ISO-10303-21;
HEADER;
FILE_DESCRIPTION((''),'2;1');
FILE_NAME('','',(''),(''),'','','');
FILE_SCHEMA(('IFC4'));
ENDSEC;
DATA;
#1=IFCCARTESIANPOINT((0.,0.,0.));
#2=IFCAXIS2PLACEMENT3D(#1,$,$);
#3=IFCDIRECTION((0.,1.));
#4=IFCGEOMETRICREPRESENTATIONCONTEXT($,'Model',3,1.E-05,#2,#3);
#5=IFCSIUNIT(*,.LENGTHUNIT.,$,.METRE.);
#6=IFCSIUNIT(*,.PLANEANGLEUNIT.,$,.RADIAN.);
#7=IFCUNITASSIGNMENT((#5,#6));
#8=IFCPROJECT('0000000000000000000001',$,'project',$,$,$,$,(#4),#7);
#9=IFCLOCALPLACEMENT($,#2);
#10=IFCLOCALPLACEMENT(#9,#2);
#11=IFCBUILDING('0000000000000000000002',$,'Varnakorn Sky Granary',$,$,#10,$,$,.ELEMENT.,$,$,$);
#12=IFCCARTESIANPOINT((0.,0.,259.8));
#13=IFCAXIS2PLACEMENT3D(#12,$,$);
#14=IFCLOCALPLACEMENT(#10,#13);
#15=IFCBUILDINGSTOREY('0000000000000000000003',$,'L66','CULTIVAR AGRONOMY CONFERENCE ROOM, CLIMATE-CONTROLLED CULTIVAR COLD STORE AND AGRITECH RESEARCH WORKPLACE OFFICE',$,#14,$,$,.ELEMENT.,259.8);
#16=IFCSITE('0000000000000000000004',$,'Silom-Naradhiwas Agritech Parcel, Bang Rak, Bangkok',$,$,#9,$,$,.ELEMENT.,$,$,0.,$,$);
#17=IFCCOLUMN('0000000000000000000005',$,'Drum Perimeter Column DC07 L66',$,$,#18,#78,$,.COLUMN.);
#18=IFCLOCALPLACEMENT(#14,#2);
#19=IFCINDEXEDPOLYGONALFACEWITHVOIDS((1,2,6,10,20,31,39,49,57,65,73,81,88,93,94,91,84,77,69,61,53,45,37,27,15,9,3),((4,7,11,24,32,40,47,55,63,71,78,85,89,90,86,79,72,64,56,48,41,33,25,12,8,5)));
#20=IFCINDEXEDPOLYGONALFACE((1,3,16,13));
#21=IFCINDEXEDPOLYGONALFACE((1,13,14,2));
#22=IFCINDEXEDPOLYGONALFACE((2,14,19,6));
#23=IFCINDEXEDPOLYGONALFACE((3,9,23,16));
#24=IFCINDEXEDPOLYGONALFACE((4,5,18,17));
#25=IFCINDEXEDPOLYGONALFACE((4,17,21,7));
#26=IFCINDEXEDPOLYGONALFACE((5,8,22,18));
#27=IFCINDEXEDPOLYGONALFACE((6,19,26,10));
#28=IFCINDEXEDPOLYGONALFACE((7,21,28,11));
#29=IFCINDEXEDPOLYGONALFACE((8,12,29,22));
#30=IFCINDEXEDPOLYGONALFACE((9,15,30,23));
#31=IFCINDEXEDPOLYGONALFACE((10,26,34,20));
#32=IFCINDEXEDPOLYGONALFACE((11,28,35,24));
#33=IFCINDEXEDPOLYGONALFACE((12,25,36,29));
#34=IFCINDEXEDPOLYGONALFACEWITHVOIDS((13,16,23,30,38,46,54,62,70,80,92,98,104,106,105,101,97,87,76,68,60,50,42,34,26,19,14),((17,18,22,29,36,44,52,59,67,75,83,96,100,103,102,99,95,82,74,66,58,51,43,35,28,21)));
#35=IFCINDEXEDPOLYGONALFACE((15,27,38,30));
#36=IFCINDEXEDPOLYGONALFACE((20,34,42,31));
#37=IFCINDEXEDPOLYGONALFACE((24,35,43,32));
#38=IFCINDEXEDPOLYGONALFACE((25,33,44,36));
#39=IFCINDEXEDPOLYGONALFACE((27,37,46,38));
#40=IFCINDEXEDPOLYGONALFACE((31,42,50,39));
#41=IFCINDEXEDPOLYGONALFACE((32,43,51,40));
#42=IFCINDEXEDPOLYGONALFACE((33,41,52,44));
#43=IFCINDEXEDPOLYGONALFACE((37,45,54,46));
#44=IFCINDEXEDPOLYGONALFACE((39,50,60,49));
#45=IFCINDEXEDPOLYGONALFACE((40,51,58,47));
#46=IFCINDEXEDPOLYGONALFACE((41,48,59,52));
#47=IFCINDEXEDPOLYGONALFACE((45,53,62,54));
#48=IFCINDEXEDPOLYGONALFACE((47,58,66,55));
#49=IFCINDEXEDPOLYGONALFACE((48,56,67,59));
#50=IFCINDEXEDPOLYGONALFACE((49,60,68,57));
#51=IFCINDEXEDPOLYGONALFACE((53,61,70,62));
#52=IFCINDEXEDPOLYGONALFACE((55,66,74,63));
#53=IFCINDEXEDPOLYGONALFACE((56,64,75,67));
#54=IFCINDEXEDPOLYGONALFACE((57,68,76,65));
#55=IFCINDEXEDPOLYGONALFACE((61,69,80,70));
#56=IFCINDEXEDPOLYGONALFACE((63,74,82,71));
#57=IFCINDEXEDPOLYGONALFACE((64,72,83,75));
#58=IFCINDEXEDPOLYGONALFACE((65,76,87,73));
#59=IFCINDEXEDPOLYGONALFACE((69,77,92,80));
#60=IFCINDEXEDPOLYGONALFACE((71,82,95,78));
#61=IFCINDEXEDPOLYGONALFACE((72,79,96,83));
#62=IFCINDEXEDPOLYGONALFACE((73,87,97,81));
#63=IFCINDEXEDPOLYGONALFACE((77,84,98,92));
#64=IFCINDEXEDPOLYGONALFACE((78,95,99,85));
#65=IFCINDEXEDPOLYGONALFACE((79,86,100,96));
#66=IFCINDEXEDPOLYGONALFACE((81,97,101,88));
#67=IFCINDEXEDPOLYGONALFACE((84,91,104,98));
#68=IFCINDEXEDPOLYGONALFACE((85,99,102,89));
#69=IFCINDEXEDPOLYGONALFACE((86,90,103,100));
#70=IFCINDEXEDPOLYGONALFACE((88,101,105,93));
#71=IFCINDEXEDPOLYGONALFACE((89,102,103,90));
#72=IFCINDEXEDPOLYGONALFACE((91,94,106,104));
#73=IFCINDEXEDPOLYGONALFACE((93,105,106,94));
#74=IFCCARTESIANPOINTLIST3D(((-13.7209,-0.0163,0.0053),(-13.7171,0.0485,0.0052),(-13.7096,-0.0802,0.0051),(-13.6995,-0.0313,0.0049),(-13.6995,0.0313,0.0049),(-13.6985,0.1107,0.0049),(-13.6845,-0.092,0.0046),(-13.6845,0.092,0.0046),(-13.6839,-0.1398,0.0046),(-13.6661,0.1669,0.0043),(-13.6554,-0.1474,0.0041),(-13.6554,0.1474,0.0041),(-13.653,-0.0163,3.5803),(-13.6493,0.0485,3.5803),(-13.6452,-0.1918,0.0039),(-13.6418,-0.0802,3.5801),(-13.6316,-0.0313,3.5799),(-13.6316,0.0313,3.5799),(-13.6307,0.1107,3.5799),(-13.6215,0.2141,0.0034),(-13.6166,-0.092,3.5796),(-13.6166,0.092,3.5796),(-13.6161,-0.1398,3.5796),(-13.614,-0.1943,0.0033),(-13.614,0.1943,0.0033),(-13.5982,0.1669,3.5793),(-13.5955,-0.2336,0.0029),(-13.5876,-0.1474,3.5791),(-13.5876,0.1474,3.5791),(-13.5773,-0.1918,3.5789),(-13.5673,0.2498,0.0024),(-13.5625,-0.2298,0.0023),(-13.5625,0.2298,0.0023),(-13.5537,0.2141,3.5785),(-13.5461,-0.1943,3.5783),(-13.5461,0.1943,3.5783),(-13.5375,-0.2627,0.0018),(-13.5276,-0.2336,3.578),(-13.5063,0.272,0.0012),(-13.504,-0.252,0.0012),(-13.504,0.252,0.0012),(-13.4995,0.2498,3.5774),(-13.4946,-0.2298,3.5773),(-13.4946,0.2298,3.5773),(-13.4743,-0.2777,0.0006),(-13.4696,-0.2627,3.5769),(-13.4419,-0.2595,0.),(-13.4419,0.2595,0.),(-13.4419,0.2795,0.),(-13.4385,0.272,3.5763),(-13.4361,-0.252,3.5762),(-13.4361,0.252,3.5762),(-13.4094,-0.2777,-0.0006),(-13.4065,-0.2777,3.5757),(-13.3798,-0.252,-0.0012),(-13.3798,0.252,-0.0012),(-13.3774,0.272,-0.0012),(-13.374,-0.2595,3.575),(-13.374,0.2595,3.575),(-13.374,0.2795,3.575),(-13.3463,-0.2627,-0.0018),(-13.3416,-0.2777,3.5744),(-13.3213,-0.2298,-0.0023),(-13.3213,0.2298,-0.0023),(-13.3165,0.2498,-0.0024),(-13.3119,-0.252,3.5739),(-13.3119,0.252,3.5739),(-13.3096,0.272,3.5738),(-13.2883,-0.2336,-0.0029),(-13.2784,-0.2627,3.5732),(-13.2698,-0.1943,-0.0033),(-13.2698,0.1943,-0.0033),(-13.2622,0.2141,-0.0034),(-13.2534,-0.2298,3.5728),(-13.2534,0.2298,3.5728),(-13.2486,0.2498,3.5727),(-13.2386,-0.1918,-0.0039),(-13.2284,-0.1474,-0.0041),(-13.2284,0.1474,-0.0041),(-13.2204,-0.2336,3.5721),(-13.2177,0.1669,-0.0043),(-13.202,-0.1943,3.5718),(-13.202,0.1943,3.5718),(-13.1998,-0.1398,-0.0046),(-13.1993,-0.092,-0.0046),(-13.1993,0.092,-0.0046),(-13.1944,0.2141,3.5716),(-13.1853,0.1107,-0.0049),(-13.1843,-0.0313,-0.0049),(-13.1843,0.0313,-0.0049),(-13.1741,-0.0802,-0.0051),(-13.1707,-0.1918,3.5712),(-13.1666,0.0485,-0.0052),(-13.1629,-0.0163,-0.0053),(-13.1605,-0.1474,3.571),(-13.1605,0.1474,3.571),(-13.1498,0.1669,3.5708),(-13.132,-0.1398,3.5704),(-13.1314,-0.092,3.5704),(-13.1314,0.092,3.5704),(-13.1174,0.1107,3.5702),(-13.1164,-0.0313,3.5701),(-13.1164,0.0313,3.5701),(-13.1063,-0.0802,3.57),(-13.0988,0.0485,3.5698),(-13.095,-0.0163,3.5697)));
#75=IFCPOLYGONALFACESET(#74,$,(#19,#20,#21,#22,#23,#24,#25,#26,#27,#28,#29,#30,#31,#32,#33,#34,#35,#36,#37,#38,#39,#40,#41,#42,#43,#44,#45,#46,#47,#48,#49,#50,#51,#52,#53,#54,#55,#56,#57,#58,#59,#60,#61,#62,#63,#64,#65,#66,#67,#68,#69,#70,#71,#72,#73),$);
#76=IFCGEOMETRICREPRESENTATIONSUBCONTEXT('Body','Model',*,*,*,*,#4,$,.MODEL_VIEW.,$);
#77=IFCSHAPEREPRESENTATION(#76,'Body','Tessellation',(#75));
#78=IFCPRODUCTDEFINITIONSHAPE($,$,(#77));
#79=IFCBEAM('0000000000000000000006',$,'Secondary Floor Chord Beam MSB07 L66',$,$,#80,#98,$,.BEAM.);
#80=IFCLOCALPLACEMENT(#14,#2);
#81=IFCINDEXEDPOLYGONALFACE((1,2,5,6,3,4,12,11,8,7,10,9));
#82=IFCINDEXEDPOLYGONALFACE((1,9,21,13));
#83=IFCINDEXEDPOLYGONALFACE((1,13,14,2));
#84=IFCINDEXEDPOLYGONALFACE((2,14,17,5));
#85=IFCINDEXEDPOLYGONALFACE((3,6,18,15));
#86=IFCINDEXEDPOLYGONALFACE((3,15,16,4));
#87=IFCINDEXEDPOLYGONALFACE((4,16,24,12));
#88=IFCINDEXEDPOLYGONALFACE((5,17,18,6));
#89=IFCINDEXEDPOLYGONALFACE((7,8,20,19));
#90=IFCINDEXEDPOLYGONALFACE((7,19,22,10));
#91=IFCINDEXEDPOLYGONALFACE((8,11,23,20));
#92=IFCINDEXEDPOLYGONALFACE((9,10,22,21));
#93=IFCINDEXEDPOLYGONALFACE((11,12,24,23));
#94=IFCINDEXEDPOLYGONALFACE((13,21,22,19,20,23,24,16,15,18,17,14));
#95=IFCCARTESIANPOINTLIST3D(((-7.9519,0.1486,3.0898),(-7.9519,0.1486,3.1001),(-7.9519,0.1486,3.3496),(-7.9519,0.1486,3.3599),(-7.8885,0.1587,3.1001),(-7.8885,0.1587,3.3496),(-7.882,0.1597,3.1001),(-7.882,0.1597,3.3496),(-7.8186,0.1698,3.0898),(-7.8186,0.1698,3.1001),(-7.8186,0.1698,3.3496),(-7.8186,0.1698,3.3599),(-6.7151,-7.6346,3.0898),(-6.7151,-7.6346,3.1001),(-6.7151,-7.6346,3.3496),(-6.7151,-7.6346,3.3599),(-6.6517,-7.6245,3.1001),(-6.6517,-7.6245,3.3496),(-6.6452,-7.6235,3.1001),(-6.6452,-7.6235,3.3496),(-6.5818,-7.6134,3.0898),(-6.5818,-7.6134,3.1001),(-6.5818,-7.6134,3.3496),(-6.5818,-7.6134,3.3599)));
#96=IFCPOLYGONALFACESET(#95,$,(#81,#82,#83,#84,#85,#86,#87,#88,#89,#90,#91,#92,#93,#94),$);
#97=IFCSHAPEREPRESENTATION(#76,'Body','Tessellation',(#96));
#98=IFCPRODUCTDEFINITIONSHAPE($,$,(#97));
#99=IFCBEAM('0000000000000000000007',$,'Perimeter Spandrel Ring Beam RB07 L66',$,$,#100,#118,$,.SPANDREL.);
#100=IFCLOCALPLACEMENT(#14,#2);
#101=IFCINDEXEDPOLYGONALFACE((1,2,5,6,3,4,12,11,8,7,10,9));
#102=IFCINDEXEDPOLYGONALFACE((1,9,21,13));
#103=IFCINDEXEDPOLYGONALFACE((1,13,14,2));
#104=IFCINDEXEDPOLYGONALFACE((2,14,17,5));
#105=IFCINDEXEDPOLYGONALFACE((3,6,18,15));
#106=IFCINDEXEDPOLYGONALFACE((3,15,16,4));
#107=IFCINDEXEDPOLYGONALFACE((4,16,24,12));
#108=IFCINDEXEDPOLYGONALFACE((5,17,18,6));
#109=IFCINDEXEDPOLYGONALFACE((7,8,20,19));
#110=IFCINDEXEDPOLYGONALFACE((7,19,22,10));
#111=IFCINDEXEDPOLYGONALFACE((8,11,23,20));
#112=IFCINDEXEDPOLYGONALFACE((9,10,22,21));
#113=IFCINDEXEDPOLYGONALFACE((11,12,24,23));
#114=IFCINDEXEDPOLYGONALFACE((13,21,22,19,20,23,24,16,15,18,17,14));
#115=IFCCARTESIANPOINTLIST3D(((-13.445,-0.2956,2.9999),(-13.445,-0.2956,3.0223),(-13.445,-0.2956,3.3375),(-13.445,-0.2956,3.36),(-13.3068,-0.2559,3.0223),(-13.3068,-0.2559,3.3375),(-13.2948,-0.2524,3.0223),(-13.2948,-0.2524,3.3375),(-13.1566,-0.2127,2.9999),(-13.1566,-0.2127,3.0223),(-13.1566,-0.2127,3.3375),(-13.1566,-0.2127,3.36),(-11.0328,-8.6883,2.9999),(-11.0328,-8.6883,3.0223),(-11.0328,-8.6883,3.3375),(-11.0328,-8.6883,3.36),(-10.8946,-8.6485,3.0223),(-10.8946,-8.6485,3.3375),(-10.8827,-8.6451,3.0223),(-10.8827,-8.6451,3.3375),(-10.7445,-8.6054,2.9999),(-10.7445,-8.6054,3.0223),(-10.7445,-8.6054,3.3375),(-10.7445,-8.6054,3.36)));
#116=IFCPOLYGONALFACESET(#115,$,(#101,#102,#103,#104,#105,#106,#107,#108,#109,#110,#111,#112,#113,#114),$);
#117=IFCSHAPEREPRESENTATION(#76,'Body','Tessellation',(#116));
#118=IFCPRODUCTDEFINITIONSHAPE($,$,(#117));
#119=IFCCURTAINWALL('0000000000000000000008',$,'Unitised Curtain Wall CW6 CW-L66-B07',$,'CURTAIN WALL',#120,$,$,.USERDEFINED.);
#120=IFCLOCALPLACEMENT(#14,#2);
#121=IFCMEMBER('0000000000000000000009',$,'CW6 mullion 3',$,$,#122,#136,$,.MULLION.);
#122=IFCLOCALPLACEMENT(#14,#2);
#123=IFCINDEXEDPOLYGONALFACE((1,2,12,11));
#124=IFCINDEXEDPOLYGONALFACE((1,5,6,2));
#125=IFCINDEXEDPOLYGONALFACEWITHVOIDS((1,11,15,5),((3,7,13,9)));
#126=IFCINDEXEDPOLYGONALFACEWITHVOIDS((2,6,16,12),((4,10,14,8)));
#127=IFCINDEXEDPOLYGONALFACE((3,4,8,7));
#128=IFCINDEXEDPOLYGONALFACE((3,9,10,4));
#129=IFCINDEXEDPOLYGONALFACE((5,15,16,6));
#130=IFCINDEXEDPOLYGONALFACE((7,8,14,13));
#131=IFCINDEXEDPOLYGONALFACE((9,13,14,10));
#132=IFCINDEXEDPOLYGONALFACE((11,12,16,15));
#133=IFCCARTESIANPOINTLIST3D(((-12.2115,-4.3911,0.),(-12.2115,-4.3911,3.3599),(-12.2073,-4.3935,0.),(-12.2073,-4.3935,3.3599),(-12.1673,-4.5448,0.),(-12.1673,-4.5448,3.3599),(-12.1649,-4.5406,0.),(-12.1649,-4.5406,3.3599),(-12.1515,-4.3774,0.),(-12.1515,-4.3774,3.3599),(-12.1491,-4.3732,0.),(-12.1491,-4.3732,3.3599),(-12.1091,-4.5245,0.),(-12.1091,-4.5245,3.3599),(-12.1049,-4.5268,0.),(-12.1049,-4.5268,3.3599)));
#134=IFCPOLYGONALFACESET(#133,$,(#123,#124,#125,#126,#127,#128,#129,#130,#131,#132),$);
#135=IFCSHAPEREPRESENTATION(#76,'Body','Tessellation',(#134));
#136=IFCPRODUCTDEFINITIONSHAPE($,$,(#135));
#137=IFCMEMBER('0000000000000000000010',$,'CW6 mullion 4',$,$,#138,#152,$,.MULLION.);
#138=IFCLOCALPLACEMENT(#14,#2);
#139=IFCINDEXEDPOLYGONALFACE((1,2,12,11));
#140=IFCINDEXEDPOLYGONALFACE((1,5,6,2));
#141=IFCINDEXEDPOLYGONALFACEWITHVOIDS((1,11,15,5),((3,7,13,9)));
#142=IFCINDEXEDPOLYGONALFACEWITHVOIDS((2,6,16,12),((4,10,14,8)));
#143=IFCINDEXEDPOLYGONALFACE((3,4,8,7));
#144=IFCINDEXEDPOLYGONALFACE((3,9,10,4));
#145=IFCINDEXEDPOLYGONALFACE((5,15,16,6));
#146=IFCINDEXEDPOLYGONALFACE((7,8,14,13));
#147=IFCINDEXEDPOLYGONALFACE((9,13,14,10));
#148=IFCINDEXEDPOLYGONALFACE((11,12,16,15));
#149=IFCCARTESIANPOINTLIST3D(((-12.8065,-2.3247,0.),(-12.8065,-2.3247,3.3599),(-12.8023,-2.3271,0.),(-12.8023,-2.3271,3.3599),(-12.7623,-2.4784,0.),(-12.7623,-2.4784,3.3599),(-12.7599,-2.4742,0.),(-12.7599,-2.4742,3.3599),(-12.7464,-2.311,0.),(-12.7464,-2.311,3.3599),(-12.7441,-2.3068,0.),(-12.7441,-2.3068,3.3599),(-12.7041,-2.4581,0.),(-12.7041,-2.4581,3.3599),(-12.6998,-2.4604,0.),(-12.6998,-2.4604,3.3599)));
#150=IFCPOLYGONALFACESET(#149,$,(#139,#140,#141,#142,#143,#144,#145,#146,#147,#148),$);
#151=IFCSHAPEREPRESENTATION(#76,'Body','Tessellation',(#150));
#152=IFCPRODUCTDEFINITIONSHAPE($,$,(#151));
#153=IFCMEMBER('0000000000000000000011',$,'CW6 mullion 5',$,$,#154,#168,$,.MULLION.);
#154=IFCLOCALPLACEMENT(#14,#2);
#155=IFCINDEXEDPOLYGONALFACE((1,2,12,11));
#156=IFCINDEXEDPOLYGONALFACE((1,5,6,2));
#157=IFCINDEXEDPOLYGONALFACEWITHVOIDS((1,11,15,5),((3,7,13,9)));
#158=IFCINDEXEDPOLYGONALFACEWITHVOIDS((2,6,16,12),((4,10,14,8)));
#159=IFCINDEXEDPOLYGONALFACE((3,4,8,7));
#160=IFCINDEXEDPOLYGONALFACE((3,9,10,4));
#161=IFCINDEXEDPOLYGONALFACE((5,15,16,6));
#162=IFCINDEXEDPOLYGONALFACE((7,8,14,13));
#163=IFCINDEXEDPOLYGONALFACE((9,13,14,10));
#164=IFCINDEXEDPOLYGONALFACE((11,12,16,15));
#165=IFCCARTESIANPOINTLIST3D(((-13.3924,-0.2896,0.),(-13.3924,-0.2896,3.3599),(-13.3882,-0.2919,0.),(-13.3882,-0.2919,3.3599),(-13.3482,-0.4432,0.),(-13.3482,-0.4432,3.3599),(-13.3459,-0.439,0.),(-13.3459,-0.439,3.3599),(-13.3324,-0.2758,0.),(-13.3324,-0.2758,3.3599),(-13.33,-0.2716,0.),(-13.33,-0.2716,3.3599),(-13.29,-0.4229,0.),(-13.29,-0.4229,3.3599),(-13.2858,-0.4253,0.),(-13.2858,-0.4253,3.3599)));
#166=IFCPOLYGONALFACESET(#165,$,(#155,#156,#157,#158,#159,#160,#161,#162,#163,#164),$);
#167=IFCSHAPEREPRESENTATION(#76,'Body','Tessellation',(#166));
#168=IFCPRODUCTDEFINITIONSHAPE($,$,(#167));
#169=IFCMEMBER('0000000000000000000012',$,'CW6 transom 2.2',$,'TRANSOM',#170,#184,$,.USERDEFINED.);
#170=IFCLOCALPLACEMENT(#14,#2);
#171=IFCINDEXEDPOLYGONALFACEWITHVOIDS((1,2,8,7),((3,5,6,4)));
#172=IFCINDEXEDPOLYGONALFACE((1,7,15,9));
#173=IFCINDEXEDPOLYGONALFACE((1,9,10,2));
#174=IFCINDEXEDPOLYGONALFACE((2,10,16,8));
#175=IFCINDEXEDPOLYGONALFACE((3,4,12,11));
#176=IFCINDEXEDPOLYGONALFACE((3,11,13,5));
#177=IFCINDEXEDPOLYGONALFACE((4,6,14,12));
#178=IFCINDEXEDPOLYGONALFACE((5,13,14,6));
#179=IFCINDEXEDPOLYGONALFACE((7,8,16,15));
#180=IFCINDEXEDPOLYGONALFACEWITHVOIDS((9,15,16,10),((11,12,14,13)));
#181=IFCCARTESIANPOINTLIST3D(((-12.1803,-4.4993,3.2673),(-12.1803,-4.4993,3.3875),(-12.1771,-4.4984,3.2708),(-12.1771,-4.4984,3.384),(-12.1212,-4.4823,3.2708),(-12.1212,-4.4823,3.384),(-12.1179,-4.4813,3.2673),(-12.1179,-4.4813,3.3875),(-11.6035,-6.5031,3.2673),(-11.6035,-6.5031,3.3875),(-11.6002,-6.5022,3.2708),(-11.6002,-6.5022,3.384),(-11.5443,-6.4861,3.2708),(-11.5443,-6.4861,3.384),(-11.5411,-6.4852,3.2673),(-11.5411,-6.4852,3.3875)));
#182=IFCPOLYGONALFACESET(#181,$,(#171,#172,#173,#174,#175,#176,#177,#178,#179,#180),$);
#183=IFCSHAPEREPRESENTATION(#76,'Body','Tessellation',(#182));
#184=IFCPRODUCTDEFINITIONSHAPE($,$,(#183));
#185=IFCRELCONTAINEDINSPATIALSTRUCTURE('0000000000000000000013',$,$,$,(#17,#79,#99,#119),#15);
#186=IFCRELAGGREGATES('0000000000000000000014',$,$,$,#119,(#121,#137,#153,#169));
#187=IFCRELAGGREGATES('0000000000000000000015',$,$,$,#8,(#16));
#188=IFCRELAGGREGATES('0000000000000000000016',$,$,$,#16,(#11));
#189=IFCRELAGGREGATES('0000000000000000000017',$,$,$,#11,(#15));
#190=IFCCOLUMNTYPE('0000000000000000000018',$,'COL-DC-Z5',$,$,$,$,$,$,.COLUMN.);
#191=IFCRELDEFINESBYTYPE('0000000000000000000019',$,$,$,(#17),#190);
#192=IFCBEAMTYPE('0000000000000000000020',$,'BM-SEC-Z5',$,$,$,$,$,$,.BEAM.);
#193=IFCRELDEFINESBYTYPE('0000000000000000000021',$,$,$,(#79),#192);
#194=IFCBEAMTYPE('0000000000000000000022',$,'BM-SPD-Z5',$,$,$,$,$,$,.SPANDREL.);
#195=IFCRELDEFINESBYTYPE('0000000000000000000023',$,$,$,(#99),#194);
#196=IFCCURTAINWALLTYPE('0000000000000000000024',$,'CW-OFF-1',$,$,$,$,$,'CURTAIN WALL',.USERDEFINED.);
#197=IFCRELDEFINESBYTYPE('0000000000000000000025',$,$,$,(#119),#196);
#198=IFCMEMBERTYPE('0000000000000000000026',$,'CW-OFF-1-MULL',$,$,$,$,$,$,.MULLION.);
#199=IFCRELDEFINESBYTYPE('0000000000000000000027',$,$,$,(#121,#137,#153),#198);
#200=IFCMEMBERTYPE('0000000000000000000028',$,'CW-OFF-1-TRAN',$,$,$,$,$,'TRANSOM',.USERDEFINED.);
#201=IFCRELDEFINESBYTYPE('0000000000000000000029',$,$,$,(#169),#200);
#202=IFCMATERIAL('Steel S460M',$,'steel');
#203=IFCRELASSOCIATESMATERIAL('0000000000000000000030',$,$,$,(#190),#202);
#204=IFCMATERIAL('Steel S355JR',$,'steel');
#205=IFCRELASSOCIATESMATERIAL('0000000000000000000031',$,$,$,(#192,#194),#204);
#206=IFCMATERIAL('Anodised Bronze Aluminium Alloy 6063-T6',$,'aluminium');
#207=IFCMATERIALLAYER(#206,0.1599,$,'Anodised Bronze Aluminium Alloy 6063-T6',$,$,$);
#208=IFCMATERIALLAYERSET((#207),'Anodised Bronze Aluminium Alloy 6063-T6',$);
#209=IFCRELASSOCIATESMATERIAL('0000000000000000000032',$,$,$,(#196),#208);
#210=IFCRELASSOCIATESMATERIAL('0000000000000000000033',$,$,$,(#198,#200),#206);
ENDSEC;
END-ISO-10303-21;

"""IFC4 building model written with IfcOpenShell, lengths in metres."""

from ifc_helpers import new_model, si_unit, direction, frame, origin, origin_2d, place, context, subcontext, project, spatial, hollow_rectangle, hollow_circle, i_section, extrude, material, layer, layer_set, material_profile, profile_set, type_object, element, aggregate, save


model = new_model("IFC4")

# Units and contexts
model_context = context("Model", 3, precision=1e-05, world=origin(), true_north=direction((0.0, 1.0)))
body_context = subcontext(model_context, "Body", "Model", "MODEL_VIEW")
ifc_project = project(units=[si_unit("LENGTHUNIT", "METRE"), si_unit("PLANEANGLEUNIT", "RADIAN")], contexts=[model_context])

# Site, building, storey
site_placement = place(None, origin())
site = spatial("IfcSite", under=ifc_project, at=site_placement, Name="Silom-Naradhiwas Agritech Parcel, Bang Rak, Bangkok", CompositionType="ELEMENT", RefElevation=0.0)
building_placement = place(site_placement, origin())
building = spatial("IfcBuilding", under=site, at=building_placement, Name="Varnakorn Sky Granary", CompositionType="ELEMENT")
storey_placement = place(building_placement, frame((0.0, 0.0, 259.8)))
storey = spatial("IfcBuildingStorey", under=building, at=storey_placement, Name="L66", Description="CULTIVAR AGRONOMY CONFERENCE ROOM, CLIMATE-CONTROLLED CULTIVAR COLD STORE AND AGRITECH RESEARCH WORKPLACE OFFICE", CompositionType="ELEMENT", Elevation=259.8)

# Column
ifc_material_1 = material(Name="Steel S460M", Category="steel")
ifc_material_profile_1 = material_profile(ifc_material_1, hollow_circle(Radius=0.2795, WallThickness=0.02, at=origin_2d()), Name="CHS 559x20")
ifc_profile_set_1 = profile_set([ifc_material_profile_1], Name="Steel S460M")
column_type = type_object("IfcColumnType", Name="COL-DC-Z5", PredefinedType="COLUMN", material=ifc_profile_set_1)
column_placement = place(storey_placement, frame((-13.4419, 0.0, 0.0), z_axis=(0.018982, 0.0, 0.99982), x_axis=(0.0, 1.0, 0.0)))
element("IfcColumn", 1, at=column_placement, inside=storey, type_object=column_type, Name="Drum Perimeter Column DC07 L66", PredefinedType="COLUMN", context=body_context, shape_type="SweptSolid", body=[
    extrude(hollow_circle(Radius=0.2795, WallThickness=0.02, at=origin_2d()), origin(), (0.0, 0.0, 1.0), 3.5757),
])

# Beams
ifc_material_2 = material(Name="Steel S355JR", Category="steel")
ifc_material_profile_2 = material_profile(ifc_material_2, i_section(OverallWidth=0.135, OverallDepth=0.27, WebThickness=0.0066, FlangeThickness=0.0103, at=origin_2d()), Name="IPE 270")
ifc_profile_set_2 = profile_set([ifc_material_profile_2], Name="Steel S355JR")
beam_type_1 = type_object("IfcBeamType", Name="BM-SEC-Z5", PredefinedType="BEAM", material=ifc_profile_set_2)
beam_1_placement = place(storey_placement, frame((-7.8853, 0.1592, 3.2249), z_axis=(0.156939, -0.987608, 0.0), x_axis=(0.987608, 0.156939, 0.0)))
element("IfcBeam", 2, at=beam_1_placement, inside=storey, type_object=beam_type_1, Name="Secondary Floor Chord Beam MSB07 L66", PredefinedType="BEAM", context=body_context, shape_type="SweptSolid", body=[
    extrude(i_section(OverallWidth=0.135, OverallDepth=0.27, WebThickness=0.0066, FlangeThickness=0.0103, at=origin_2d()), origin(), (0.0, 0.0, 1.0), 7.8809),
])
ifc_material_profile_3 = material_profile(ifc_material_2, i_section(OverallWidth=0.3, OverallDepth=0.3601, WebThickness=0.0125, FlangeThickness=0.0225, at=origin_2d()), Name="HE 360 B")
ifc_profile_set_3 = profile_set([ifc_material_profile_3], Name="Steel S355JR")
beam_type_2 = type_object("IfcBeamType", Name="BM-SPD-Z5", PredefinedType="SPANDREL", material=ifc_profile_set_3)
beam_2_placement = place(storey_placement, frame((-13.3008, -0.2542, 3.1799), z_axis=(0.276227, -0.961092, 0.0), x_axis=(0.961092, 0.276227, 0.0)))
element("IfcBeam", 3, at=beam_2_placement, inside=storey, type_object=beam_type_2, Name="Perimeter Spandrel Ring Beam RB07 L66", PredefinedType="SPANDREL", context=body_context, shape_type="SweptSolid", body=[
    extrude(i_section(OverallWidth=0.3, OverallDepth=0.3601, WebThickness=0.0125, FlangeThickness=0.0225, at=origin_2d()), origin(), (0.0, 0.0, 1.0), 8.7324),
])

# Curtain wall, members
ifc_material_3 = material(Name="Anodised Bronze Aluminium Alloy 6063-T6", Category="aluminium")
ifc_layer_1 = layer(ifc_material_3, 0.1599, Name="Anodised Bronze Aluminium Alloy 6063-T6")
ifc_layer_set_1 = layer_set([ifc_layer_1], Name="Anodised Bronze Aluminium Alloy 6063-T6")
curtain_wall_type = type_object("IfcCurtainWallType", Name="CW-OFF-1", ElementType="CURTAIN WALL", PredefinedType="USERDEFINED", material=ifc_layer_set_1)
curtain_wall_placement = place(storey_placement, origin())
curtain_wall = element("IfcCurtainWall", 4, at=curtain_wall_placement, inside=storey, type_object=curtain_wall_type, Name="Unitised Curtain Wall CW6 CW-L66-B07", ObjectType="CURTAIN WALL", PredefinedType="USERDEFINED")
ifc_material_profile_4 = material_profile(ifc_material_3, hollow_rectangle(XDim=0.0649, YDim=0.1599, WallThickness=0.0034, at=origin_2d()), Name="ALU MULL 65x160")
ifc_profile_set_4 = profile_set([ifc_material_profile_4], Name="Anodised Bronze Aluminium Alloy 6063-T6")
member_type_1 = type_object("IfcMemberType", Name="CW-OFF-1-MULL", PredefinedType="MULLION", material=ifc_profile_set_4)
member_1_placement = place(storey_placement, frame((-12.1582, -4.459, 0.0), z_axis=(0.0, 0.0, 1.0), x_axis=(-0.960963, -0.276677, 0.0)))
member_1 = element("IfcMember", 5, at=member_1_placement, type_object=member_type_1, Name="CW6 mullion 3", PredefinedType="MULLION", context=body_context, shape_type="SweptSolid", body=[
    extrude(hollow_rectangle(XDim=0.0649, YDim=0.1599, WallThickness=0.0034, at=origin_2d()), origin(), (0.0, 0.0, 1.0), 3.3599),
])
member_2_placement = place(storey_placement, frame((-12.7532, -2.3926, 0.0), z_axis=(0.0, 0.0, 1.0), x_axis=(-0.960963, -0.276677, 0.0)))
member_2 = element("IfcMember", 6, at=member_2_placement, type_object=member_type_1, Name="CW6 mullion 4", PredefinedType="MULLION", context=body_context, shape_type="SweptSolid", body=[
    extrude(hollow_rectangle(XDim=0.0649, YDim=0.1599, WallThickness=0.0034, at=origin_2d()), origin(), (0.0, 0.0, 1.0), 3.3599),
])
member_3_placement = place(storey_placement, frame((-13.3391, -0.3574, 0.0), z_axis=(0.0, 0.0, 1.0), x_axis=(-0.960963, -0.276677, 0.0)))
member_3 = element("IfcMember", 7, at=member_3_placement, type_object=member_type_1, Name="CW6 mullion 5", PredefinedType="MULLION", context=body_context, shape_type="SweptSolid", body=[
    extrude(hollow_rectangle(XDim=0.0649, YDim=0.1599, WallThickness=0.0034, at=origin_2d()), origin(), (0.0, 0.0, 1.0), 3.3599),
])
ifc_material_profile_5 = material_profile(ifc_material_3, hollow_rectangle(XDim=0.0649, YDim=0.1201, WallThickness=0.0034, at=origin_2d()), Name="ALU TRAN 65x120")
ifc_profile_set_5 = profile_set([ifc_material_profile_5], Name="Anodised Bronze Aluminium Alloy 6063-T6")
member_type_2 = type_object("IfcMemberType", Name="CW-OFF-1-TRAN", ElementType="TRANSOM", PredefinedType="USERDEFINED", material=ifc_profile_set_5)
member_4_placement = place(storey_placement, frame((-11.5723, -6.4941, 3.3274), z_axis=(-0.276653, 0.96097, 0.0), x_axis=(-0.96097, -0.276653, 0.0)))
member_4 = element("IfcMember", 8, at=member_4_placement, type_object=member_type_2, Name="CW6 transom 2.2", ObjectType="TRANSOM", PredefinedType="USERDEFINED", context=body_context, shape_type="SweptSolid", body=[
    extrude(hollow_rectangle(XDim=0.0649, YDim=0.1201, WallThickness=0.0034, at=origin_2d()), origin(), (0.0, 0.0, 1.0), 2.0852),
])

aggregate(curtain_wall, [member_1, member_2, member_3, member_4])

save(model, "model.ifc")
